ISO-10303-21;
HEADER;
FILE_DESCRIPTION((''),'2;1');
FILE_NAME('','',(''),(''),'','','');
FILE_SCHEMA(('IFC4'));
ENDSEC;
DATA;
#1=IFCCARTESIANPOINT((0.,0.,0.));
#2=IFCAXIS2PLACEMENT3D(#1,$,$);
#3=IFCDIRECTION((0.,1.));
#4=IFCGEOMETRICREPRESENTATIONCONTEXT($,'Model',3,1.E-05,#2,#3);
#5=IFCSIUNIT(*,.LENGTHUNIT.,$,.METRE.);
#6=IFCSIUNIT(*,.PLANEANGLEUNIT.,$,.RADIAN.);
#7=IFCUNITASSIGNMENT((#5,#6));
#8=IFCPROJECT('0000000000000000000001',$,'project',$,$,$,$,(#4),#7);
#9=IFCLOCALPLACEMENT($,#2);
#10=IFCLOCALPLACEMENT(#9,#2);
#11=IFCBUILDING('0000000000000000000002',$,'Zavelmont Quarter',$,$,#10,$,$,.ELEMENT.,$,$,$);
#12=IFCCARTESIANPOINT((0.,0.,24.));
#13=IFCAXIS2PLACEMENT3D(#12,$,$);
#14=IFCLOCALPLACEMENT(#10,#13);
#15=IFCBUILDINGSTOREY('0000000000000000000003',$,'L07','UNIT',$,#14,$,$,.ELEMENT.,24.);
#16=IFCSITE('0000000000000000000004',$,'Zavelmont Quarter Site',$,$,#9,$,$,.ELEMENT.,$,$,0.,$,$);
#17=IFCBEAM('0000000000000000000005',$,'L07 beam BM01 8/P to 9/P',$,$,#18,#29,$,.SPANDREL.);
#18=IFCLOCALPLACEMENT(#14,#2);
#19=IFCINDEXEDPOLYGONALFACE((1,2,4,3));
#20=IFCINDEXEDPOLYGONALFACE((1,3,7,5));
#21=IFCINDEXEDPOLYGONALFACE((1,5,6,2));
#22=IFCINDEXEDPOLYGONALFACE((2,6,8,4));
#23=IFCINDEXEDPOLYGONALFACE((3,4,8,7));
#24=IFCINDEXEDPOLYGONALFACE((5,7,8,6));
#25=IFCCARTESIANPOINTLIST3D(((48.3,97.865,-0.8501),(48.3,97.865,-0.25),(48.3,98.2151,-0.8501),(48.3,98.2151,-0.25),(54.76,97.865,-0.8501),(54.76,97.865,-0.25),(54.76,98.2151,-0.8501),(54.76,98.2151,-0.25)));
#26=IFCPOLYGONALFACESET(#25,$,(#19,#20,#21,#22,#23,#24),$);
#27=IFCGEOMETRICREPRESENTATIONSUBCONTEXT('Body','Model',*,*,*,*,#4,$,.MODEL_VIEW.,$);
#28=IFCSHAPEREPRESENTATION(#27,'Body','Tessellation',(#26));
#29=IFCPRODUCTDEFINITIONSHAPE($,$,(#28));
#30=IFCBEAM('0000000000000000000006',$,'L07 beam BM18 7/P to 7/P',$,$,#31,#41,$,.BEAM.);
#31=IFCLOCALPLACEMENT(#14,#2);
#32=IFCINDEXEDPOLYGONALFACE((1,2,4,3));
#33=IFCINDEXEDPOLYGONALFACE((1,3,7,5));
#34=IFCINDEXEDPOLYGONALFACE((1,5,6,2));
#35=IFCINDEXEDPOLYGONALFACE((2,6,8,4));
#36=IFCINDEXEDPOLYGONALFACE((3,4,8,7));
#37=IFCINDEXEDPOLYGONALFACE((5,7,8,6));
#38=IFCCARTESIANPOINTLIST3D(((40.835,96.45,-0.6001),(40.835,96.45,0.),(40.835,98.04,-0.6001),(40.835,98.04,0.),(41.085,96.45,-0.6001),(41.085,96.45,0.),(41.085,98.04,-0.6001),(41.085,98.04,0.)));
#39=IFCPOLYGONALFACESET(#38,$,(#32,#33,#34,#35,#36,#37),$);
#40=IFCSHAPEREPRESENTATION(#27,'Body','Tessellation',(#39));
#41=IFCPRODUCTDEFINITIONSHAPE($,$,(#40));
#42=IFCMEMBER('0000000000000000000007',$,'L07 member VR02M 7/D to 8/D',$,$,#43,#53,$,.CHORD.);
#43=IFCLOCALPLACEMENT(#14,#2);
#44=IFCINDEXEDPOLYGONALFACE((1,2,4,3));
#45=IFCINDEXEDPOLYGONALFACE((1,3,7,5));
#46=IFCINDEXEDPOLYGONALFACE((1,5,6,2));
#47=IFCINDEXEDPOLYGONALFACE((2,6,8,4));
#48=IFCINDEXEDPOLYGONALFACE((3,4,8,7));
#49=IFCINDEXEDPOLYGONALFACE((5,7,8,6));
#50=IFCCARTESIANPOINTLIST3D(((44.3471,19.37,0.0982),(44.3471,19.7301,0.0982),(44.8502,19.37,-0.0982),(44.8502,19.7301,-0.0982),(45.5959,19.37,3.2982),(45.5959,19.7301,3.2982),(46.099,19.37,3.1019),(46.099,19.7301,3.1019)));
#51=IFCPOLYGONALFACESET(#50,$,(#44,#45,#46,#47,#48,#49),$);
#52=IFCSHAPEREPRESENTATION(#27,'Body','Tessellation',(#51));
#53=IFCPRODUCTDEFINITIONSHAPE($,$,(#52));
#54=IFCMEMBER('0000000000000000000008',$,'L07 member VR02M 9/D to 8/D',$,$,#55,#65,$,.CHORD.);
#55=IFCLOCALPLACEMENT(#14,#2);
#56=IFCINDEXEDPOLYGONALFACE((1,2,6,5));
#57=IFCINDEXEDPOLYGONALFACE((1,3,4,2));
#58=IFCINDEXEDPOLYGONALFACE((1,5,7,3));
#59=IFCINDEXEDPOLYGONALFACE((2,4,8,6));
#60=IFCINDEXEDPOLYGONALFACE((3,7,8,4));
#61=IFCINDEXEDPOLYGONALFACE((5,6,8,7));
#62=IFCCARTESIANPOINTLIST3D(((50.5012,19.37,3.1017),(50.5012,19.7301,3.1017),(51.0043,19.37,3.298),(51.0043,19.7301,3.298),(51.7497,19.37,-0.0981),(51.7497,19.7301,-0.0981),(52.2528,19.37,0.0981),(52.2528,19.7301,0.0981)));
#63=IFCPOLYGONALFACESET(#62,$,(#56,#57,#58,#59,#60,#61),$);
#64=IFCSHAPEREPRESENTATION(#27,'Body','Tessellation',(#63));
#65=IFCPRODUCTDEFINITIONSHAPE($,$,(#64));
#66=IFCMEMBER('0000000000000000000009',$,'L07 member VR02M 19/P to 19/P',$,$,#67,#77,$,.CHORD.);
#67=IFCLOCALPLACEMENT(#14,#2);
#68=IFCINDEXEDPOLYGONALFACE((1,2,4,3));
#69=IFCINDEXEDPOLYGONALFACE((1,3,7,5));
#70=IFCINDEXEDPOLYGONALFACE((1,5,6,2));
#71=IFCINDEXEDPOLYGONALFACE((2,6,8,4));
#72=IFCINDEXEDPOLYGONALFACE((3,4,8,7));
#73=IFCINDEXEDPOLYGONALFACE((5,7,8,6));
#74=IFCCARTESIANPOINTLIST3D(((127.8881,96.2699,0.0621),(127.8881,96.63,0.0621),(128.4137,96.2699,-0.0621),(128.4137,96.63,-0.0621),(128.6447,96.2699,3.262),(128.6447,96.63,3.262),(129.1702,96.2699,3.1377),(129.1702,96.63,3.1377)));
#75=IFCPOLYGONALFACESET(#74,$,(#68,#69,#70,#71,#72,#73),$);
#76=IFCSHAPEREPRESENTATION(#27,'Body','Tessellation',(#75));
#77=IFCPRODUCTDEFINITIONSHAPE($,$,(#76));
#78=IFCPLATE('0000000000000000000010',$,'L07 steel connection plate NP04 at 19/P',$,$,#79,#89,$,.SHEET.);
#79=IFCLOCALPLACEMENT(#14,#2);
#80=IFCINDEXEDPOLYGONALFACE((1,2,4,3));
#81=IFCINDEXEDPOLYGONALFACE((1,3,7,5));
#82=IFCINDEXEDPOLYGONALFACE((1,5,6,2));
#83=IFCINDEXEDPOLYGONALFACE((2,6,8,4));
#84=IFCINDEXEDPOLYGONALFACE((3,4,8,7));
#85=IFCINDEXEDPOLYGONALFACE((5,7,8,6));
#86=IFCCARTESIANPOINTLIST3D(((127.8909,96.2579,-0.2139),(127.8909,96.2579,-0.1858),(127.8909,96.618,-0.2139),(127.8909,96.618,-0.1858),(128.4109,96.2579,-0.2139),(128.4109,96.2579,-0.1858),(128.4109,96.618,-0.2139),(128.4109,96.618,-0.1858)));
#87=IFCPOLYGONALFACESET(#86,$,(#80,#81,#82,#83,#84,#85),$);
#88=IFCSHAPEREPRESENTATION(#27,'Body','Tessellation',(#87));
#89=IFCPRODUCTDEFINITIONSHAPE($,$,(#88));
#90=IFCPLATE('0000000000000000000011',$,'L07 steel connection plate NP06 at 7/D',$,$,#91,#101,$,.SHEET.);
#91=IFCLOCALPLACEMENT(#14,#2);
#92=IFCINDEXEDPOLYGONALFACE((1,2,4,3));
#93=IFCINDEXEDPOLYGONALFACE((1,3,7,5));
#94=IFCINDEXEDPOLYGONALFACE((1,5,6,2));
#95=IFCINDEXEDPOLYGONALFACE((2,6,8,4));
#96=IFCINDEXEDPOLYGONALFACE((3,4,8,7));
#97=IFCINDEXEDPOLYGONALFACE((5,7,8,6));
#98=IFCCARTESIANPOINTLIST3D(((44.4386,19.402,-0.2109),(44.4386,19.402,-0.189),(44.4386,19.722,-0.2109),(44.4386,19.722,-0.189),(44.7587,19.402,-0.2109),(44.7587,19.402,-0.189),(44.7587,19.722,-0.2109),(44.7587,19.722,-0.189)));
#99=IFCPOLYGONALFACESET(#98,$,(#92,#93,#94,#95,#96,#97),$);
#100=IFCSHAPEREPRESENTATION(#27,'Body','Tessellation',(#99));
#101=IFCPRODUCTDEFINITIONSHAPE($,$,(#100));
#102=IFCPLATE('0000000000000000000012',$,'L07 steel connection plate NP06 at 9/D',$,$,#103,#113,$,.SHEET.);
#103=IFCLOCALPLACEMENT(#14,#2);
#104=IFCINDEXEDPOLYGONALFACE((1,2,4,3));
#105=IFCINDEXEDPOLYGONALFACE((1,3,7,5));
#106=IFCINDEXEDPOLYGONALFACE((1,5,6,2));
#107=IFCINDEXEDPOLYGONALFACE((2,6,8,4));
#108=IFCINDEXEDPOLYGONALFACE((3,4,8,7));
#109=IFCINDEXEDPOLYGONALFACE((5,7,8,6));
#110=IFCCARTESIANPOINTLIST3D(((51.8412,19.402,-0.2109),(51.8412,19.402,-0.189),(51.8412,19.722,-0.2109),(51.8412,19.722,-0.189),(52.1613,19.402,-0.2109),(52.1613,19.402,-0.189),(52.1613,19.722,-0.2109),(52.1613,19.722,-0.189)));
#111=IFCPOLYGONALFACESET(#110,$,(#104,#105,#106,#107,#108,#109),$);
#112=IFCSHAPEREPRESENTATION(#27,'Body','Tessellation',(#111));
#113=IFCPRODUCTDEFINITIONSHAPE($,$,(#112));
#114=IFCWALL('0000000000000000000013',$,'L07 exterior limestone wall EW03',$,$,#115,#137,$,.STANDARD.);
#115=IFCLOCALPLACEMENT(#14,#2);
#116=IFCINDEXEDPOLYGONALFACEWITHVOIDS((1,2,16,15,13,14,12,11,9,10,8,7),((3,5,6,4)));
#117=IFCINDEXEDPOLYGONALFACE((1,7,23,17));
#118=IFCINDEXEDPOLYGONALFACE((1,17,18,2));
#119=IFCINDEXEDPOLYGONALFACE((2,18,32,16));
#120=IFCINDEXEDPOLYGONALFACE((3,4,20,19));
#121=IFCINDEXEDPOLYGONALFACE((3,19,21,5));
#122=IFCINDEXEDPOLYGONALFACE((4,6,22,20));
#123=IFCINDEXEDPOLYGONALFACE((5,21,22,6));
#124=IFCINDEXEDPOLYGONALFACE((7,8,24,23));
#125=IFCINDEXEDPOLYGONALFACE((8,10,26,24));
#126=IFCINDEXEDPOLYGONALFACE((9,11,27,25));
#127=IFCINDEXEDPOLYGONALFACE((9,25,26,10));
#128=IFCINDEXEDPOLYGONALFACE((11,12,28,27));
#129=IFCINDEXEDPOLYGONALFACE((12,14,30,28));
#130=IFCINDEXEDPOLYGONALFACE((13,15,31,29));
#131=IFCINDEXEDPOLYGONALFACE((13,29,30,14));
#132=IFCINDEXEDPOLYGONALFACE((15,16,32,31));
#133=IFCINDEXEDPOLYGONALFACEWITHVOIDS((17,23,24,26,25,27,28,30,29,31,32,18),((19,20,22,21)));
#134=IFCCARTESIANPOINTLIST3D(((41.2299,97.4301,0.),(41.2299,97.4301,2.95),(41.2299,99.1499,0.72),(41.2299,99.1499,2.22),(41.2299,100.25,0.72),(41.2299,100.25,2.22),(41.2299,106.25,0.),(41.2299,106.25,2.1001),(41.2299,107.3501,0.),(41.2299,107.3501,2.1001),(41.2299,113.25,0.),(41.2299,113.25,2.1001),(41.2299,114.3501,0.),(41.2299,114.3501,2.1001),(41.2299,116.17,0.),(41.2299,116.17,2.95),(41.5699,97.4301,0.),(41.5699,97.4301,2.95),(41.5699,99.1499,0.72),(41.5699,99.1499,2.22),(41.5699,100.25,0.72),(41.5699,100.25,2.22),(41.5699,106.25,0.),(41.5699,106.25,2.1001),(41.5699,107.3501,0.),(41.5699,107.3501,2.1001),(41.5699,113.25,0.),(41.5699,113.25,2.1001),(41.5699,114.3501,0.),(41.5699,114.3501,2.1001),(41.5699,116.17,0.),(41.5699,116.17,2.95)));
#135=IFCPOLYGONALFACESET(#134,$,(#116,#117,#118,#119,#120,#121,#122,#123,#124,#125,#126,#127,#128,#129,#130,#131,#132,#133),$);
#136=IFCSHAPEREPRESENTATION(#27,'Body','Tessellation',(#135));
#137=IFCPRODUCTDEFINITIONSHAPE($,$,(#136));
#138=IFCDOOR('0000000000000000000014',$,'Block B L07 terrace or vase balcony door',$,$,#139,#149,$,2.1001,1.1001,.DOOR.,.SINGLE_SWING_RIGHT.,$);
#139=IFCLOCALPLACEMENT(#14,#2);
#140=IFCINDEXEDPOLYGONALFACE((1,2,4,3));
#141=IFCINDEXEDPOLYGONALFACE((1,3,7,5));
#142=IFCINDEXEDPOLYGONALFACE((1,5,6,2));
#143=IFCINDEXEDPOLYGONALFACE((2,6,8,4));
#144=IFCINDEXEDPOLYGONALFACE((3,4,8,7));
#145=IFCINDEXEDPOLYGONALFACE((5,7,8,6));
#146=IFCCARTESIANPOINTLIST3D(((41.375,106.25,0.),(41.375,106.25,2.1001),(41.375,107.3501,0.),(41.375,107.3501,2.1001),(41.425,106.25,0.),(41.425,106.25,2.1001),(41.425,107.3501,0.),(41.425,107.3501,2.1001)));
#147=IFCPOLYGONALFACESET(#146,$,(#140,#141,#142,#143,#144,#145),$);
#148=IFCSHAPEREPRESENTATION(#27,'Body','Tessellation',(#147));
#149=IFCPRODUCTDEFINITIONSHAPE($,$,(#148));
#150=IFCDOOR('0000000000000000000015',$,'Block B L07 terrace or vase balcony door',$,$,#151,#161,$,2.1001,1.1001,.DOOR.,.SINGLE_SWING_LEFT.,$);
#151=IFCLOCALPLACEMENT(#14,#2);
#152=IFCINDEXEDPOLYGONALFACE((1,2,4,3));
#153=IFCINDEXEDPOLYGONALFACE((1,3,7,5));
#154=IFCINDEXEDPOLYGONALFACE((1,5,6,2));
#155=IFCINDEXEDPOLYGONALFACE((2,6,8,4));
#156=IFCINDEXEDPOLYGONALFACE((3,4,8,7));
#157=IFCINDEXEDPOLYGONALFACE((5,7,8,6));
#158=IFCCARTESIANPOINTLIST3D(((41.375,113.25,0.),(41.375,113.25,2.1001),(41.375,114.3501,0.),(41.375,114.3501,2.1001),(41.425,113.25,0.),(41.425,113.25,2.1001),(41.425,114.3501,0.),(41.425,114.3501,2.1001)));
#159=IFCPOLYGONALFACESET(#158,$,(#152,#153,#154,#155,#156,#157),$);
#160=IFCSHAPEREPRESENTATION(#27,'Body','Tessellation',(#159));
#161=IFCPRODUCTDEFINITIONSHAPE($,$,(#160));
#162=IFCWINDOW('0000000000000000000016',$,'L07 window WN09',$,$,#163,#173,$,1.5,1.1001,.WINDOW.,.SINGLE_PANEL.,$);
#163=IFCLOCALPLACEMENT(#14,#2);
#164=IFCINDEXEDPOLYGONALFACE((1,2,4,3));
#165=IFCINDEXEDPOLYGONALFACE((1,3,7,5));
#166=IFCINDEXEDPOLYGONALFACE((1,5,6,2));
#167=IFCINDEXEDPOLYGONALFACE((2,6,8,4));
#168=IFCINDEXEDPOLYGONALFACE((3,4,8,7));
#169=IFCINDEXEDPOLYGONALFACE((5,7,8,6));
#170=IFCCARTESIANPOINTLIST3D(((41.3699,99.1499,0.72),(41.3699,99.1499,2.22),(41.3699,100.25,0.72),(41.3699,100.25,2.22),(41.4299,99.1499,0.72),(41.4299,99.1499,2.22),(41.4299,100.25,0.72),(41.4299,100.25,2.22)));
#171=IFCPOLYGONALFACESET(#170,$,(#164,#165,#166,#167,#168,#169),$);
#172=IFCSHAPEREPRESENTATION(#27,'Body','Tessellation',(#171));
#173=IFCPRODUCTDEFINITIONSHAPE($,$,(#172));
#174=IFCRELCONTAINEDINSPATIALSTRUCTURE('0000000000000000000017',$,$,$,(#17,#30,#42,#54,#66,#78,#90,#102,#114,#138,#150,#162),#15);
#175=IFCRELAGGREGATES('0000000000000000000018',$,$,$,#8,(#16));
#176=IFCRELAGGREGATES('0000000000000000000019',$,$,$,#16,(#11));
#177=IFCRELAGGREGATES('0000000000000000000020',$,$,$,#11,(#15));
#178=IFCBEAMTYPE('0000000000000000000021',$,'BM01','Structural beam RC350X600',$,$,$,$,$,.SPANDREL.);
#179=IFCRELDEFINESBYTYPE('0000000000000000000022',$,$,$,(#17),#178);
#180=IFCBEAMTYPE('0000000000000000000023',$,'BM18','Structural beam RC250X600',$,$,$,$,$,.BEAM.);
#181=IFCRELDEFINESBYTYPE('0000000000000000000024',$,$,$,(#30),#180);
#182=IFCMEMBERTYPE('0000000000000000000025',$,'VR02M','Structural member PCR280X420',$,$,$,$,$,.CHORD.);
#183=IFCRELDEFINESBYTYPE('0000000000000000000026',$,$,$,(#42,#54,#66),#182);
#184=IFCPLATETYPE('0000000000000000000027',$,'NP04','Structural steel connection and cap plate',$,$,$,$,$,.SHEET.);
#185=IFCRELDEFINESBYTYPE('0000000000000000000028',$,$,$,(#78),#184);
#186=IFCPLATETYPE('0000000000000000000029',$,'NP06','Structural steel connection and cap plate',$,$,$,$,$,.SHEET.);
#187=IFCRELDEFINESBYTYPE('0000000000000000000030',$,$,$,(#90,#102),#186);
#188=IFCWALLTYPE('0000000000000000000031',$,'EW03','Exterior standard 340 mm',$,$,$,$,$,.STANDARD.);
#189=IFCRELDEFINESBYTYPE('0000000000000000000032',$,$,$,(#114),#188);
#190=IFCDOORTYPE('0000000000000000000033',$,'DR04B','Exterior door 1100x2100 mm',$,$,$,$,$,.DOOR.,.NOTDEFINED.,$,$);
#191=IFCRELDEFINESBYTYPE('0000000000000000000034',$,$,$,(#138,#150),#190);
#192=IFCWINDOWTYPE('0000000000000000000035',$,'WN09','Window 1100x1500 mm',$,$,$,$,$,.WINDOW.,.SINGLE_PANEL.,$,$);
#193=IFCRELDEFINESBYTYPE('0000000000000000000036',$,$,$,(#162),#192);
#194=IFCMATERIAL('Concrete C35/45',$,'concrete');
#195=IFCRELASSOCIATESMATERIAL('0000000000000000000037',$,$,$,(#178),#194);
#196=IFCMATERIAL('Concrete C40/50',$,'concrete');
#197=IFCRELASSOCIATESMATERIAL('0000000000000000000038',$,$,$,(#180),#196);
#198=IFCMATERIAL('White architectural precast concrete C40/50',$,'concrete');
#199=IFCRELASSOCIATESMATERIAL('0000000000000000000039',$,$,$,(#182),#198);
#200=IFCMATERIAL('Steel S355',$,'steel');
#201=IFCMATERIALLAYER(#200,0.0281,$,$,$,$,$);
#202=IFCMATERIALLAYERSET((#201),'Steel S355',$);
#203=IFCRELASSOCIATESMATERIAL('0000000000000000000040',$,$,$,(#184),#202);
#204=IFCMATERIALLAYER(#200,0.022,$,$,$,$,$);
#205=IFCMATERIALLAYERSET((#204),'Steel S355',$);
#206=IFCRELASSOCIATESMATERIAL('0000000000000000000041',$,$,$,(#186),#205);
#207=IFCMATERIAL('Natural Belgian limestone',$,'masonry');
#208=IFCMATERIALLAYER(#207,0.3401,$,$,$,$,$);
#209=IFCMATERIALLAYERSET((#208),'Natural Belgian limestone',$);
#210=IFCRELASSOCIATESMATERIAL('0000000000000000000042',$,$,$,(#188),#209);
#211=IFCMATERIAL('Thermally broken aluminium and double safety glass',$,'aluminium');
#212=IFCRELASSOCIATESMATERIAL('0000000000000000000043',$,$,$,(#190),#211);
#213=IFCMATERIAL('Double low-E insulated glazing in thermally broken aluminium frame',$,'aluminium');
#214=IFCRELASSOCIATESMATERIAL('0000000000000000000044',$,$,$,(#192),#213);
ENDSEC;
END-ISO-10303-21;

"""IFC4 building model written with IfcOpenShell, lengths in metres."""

from ifc_helpers import new_model, si_unit, direction, frame, frame_2d, origin, origin_with_axes, origin_2d, place, context, subcontext, project, spatial, rectangle, extrude, material, layer, layer_set, material_profile, profile_set, type_object, element, fill, save


model = new_model("IFC4")

# Units and contexts
model_context = context("Model", 3, precision=1e-05, world=origin(), true_north=direction((0.0, 1.0)))
body_context = subcontext(model_context, "Body", "Model", "MODEL_VIEW")
ifc_project = project(units=[si_unit("LENGTHUNIT", "METRE"), si_unit("PLANEANGLEUNIT", "RADIAN")], contexts=[model_context])

# Site, building, storey
site_placement = place(None, origin())
site = spatial("IfcSite", under=ifc_project, at=site_placement, Name="Zavelmont Quarter Site", CompositionType="ELEMENT", RefElevation=0.0)
building_placement = place(site_placement, origin())
building = spatial("IfcBuilding", under=site, at=building_placement, Name="Zavelmont Quarter", CompositionType="ELEMENT")
storey_placement = place(building_placement, frame((0.0, 0.0, 24.0)))
storey = spatial("IfcBuildingStorey", under=building, at=storey_placement, Name="L07", Description="UNIT", CompositionType="ELEMENT", Elevation=24.0)

# Beams
ifc_material_1 = material(Name="Concrete C35/45", Category="concrete")
ifc_material_profile_1 = material_profile(ifc_material_1, rectangle(XDim=0.3501, YDim=0.6001, at=origin_2d()), Name="RC350X600")
ifc_profile_set_1 = profile_set([ifc_material_profile_1], Name="Concrete C35/45")
beam_type_1 = type_object("IfcBeamType", Name="BM01", Description="Structural beam RC350X600", PredefinedType="SPANDREL", material=ifc_profile_set_1)
beam_1_placement = place(storey_placement, frame((48.3, 98.04, -0.55), z_axis=(1.0, 0.0, 0.0), x_axis=(0.0, 1.0, 0.0)))
element("IfcBeam", 1, at=beam_1_placement, inside=storey, type_object=beam_type_1, Name="L07 beam BM01 8/P to 9/P", PredefinedType="SPANDREL", context=body_context, shape_type="SweptSolid", body=[
    extrude(rectangle(XDim=0.3501, YDim=0.6001, at=origin_2d()), origin(), (0.0, 0.0, 1.0), 6.46),
])
ifc_material_2 = material(Name="Concrete C40/50", Category="concrete")
ifc_material_profile_2 = material_profile(ifc_material_2, rectangle(XDim=0.25, YDim=0.6001, at=origin_2d()), Name="RC250X600")
ifc_profile_set_2 = profile_set([ifc_material_profile_2], Name="Concrete C40/50")
beam_type_2 = type_object("IfcBeamType", Name="BM18", Description="Structural beam RC250X600", PredefinedType="BEAM", material=ifc_profile_set_2)
beam_2_placement = place(storey_placement, frame((40.96, 98.04, -0.3), z_axis=(0.0, -1.0, 0.0), x_axis=(1.0, 0.0, 0.0)))
element("IfcBeam", 2, at=beam_2_placement, inside=storey, type_object=beam_type_2, Name="L07 beam BM18 7/P to 7/P", PredefinedType="BEAM", context=body_context, shape_type="SweptSolid", body=[
    extrude(rectangle(XDim=0.25, YDim=0.6001, at=origin_2d()), origin(), (0.0, 0.0, 1.0), 1.5901),
])

# Members
ifc_material_3 = material(Name="White architectural precast concrete C40/50", Category="concrete")
ifc_material_profile_3 = material_profile(ifc_material_3, rectangle(XDim=0.3601, YDim=0.54, at=origin_2d()), Name="PCR280X420")
ifc_profile_set_3 = profile_set([ifc_material_profile_3], Name="White architectural precast concrete C40/50")
member_type = type_object("IfcMemberType", Name="VR02M", Description="Structural member PCR280X420", PredefinedType="CHORD", material=ifc_profile_set_3)
member_1_placement = place(storey_placement, frame((44.5986, 19.55, 0.0), z_axis=(0.363547, 0.0, 0.931576), x_axis=(0.0, 1.0, 0.0)))
element("IfcMember", 3, at=member_1_placement, inside=storey, type_object=member_type, Name="L07 member VR02M 7/D to 8/D", PredefinedType="CHORD", context=body_context, shape_type="SweptSolid", body=[
    extrude(rectangle(XDim=0.3601, YDim=0.54, at=origin_2d()), origin(), (0.0, 0.0, 1.0), 3.4351),
])
member_2_placement = place(storey_placement, frame((52.0012, 19.55, 0.0), z_axis=(-0.363485, 0.0, 0.9316), x_axis=(0.0, -1.0, 0.0)))
element("IfcMember", 4, at=member_2_placement, inside=storey, type_object=member_type, Name="L07 member VR02M 9/D to 8/D", PredefinedType="CHORD", context=body_context, shape_type="SweptSolid", body=[
    extrude(rectangle(XDim=0.3601, YDim=0.54, at=origin_2d()), origin(), (0.0, 0.0, 1.0), 3.4348),
])
member_3_placement = place(storey_placement, frame((128.1509, 96.45, 0.0), z_axis=(0.230094, 0.0, 0.973168), x_axis=(0.0, 1.0, 0.0)))
element("IfcMember", 5, at=member_3_placement, inside=storey, type_object=member_type, Name="L07 member VR02M 19/P to 19/P", PredefinedType="CHORD", context=body_context, shape_type="SweptSolid", body=[
    extrude(rectangle(XDim=0.3601, YDim=0.54, at=origin_2d()), origin(), (0.0, 0.0, 1.0), 3.2881),
])

# Plates
ifc_material_4 = material(Name="Steel S355", Category="steel")
ifc_layer_1 = layer(ifc_material_4, 0.0281)
ifc_layer_set_1 = layer_set([ifc_layer_1], Name="Steel S355")
plate_type_1 = type_object("IfcPlateType", Name="NP04", Description="Structural steel connection and cap plate", PredefinedType="SHEET", material=ifc_layer_set_1)
plate_placement = place(storey_placement, frame((128.1509, 96.438, -0.2139), z_axis=(0.0, 0.0, 1.0), x_axis=(1.0, 0.0, 0.0)))
element("IfcPlate", 6, at=plate_placement, inside=storey, type_object=plate_type_1, Name="L07 steel connection plate NP04 at 19/P", PredefinedType="SHEET", context=body_context, shape_type="SweptSolid", body=[
    extrude(rectangle(XDim=0.52, YDim=0.3601, at=origin_2d()), origin(), (0.0, 0.0, 1.0), 0.0281),
])
ifc_layer_2 = layer(ifc_material_4, 0.022)
ifc_layer_set_2 = layer_set([ifc_layer_2], Name="Steel S355")
plate_type_2 = type_object("IfcPlateType", Name="NP06", Description="Structural steel connection and cap plate", PredefinedType="SHEET", material=ifc_layer_set_2)
for number, where, z_axis, x_axis, name in (
    (7, (44.5986, 19.562, -0.2109), (0.0, 0.0, 1.0), (1.0, 0.0, 0.0), "L07 steel connection plate NP06 at 7/D"),
    (8, (52.0012, 19.562, -0.2109), (0.0, 0.0, 1.0), (1.0, 0.0, 0.0), "L07 steel connection plate NP06 at 9/D"),
):
    element("IfcPlate", number, at=place(storey_placement, frame(where, z_axis=z_axis, x_axis=x_axis)), inside=storey, type_object=plate_type_2, Name=name, PredefinedType="SHEET", context=body_context, shape_type="SweptSolid", body=[
        extrude(rectangle(XDim=0.3201, YDim=0.3201, at=origin_2d()), origin(), (0.0, 0.0, 1.0), 0.022),
    ])

# Wall, openings, doors, window
ifc_material_5 = material(Name="Natural Belgian limestone", Category="masonry")
ifc_layer_3 = layer(ifc_material_5, 0.3401)
ifc_layer_set_3 = layer_set([ifc_layer_3], Name="Natural Belgian limestone")
wall_type_1 = type_object("IfcWallType", Name="EW03", Description="Exterior standard 340 mm", PredefinedType="STANDARD", material=ifc_layer_set_3)
wall_1_placement = place(storey_placement, frame((41.3999, 97.4299, 0.0), z_axis=(0.0, 0.0, 1.0), x_axis=(0.0, 1.0, 0.0)))
wall_1 = element("IfcWall", 9, at=wall_1_placement, inside=storey, type_object=wall_type_1, Name="L07 exterior limestone wall EW03", PredefinedType="STANDARD", context=body_context, shape_type="SweptSolid", body=[
    extrude(rectangle(XDim=18.74, YDim=0.3401, at=frame_2d((9.3701, 0.0))), origin(), (0.0, 0.0, 1.0), 2.95),
])
opening_1_placement = place(wall_1_placement, frame((8.8201, 0.0, 0.0)))
opening_1 = element("IfcOpeningElement", 10, at=opening_1_placement, cuts=wall_1, PredefinedType="OPENING", context=body_context, shape_type="SweptSolid", body=[
    extrude(rectangle(XDim=1.1001, YDim=2.1001, at=frame_2d((0.55, 1.05))), frame((0.0, 0.1821, 0.0), z_axis=(0.0, -1.0, 0.0), x_axis=(1.0, 0.0, 0.0)), (0.0, 0.0, 1.0), 0.364),
])
opening_2_placement = place(wall_1_placement, frame((15.8201, 0.0, 0.0)))
opening_2 = element("IfcOpeningElement", 11, at=opening_2_placement, cuts=wall_1, PredefinedType="OPENING", context=body_context, shape_type="SweptSolid", body=[
    extrude(rectangle(XDim=1.1001, YDim=2.1001, at=frame_2d((0.55, 1.05))), frame((0.0, 0.1821, 0.0), z_axis=(0.0, -1.0, 0.0), x_axis=(1.0, 0.0, 0.0)), (0.0, 0.0, 1.0), 0.364),
])
opening_3_placement = place(wall_1_placement, frame((1.72, 0.0, 0.72)))
opening_3 = element("IfcOpeningElement", 12, at=opening_3_placement, cuts=wall_1, PredefinedType="OPENING", context=body_context, shape_type="SweptSolid", body=[
    extrude(rectangle(XDim=1.1001, YDim=1.5, at=frame_2d((0.55, 0.75))), frame((0.0, 0.1821, 0.0), z_axis=(0.0, -1.0, 0.0), x_axis=(1.0, 0.0, 0.0)), (0.0, 0.0, 1.0), 0.364),
])
ifc_material_6 = material(Name="Thermally broken aluminium and double safety glass", Category="aluminium")
door_type = type_object("IfcDoorType", Name="DR04B", Description="Exterior door 1100x2100 mm", OperationType="NOTDEFINED", PredefinedType="DOOR", material=ifc_material_6)
door_1_placement = place(opening_1_placement, origin_with_axes())
door_1 = element("IfcDoor", 13, at=door_1_placement, inside=storey, type_object=door_type, Name="Block B L07 terrace or vase balcony door", OperationType="SINGLE_SWING_RIGHT", OverallHeight=2.1001, OverallWidth=1.1001, PredefinedType="DOOR", context=body_context, shape_type="SweptSolid", body=[
    extrude(rectangle(XDim=1.1001, YDim=2.1001, at=frame_2d((0.55, 1.05))), frame((0.0, 0.0249, 0.0), z_axis=(0.0, -1.0, 0.0), x_axis=(1.0, 0.0, 0.0)), (0.0, 0.0, 1.0), 0.05),
])
fill(opening_1, door_1)
door_2_placement = place(opening_2_placement, origin_with_axes())
door_2 = element("IfcDoor", 14, at=door_2_placement, inside=storey, type_object=door_type, Name="Block B L07 terrace or vase balcony door", OperationType="SINGLE_SWING_LEFT", OverallHeight=2.1001, OverallWidth=1.1001, PredefinedType="DOOR", context=body_context, shape_type="SweptSolid", body=[
    extrude(rectangle(XDim=1.1001, YDim=2.1001, at=frame_2d((0.55, 1.05))), frame((0.0, 0.0249, 0.0), z_axis=(0.0, -1.0, 0.0), x_axis=(1.0, 0.0, 0.0)), (0.0, 0.0, 1.0), 0.05),
])
fill(opening_2, door_2)
ifc_material_7 = material(Name="Double low-E insulated glazing in thermally broken aluminium frame", Category="aluminium")
window_type = type_object("IfcWindowType", Name="WN09", Description="Window 1100x1500 mm", PartitioningType="SINGLE_PANEL", PredefinedType="WINDOW", material=ifc_material_7)
window_1_placement = place(opening_3_placement, origin_with_axes())
window_1 = element("IfcWindow", 15, at=window_1_placement, inside=storey, type_object=window_type, Name="L07 window WN09", OverallHeight=1.5, OverallWidth=1.1001, PartitioningType="SINGLE_PANEL", PredefinedType="WINDOW", context=body_context, shape_type="SweptSolid", body=[
    extrude(rectangle(XDim=1.1001, YDim=1.5, at=frame_2d((0.55, 0.75))), frame((0.0, 0.03, 0.0), z_axis=(0.0, -1.0, 0.0), x_axis=(1.0, 0.0, 0.0)), (0.0, 0.0, 1.0), 0.0601),
])
fill(opening_3, window_1)

save(model, "model.ifc")
